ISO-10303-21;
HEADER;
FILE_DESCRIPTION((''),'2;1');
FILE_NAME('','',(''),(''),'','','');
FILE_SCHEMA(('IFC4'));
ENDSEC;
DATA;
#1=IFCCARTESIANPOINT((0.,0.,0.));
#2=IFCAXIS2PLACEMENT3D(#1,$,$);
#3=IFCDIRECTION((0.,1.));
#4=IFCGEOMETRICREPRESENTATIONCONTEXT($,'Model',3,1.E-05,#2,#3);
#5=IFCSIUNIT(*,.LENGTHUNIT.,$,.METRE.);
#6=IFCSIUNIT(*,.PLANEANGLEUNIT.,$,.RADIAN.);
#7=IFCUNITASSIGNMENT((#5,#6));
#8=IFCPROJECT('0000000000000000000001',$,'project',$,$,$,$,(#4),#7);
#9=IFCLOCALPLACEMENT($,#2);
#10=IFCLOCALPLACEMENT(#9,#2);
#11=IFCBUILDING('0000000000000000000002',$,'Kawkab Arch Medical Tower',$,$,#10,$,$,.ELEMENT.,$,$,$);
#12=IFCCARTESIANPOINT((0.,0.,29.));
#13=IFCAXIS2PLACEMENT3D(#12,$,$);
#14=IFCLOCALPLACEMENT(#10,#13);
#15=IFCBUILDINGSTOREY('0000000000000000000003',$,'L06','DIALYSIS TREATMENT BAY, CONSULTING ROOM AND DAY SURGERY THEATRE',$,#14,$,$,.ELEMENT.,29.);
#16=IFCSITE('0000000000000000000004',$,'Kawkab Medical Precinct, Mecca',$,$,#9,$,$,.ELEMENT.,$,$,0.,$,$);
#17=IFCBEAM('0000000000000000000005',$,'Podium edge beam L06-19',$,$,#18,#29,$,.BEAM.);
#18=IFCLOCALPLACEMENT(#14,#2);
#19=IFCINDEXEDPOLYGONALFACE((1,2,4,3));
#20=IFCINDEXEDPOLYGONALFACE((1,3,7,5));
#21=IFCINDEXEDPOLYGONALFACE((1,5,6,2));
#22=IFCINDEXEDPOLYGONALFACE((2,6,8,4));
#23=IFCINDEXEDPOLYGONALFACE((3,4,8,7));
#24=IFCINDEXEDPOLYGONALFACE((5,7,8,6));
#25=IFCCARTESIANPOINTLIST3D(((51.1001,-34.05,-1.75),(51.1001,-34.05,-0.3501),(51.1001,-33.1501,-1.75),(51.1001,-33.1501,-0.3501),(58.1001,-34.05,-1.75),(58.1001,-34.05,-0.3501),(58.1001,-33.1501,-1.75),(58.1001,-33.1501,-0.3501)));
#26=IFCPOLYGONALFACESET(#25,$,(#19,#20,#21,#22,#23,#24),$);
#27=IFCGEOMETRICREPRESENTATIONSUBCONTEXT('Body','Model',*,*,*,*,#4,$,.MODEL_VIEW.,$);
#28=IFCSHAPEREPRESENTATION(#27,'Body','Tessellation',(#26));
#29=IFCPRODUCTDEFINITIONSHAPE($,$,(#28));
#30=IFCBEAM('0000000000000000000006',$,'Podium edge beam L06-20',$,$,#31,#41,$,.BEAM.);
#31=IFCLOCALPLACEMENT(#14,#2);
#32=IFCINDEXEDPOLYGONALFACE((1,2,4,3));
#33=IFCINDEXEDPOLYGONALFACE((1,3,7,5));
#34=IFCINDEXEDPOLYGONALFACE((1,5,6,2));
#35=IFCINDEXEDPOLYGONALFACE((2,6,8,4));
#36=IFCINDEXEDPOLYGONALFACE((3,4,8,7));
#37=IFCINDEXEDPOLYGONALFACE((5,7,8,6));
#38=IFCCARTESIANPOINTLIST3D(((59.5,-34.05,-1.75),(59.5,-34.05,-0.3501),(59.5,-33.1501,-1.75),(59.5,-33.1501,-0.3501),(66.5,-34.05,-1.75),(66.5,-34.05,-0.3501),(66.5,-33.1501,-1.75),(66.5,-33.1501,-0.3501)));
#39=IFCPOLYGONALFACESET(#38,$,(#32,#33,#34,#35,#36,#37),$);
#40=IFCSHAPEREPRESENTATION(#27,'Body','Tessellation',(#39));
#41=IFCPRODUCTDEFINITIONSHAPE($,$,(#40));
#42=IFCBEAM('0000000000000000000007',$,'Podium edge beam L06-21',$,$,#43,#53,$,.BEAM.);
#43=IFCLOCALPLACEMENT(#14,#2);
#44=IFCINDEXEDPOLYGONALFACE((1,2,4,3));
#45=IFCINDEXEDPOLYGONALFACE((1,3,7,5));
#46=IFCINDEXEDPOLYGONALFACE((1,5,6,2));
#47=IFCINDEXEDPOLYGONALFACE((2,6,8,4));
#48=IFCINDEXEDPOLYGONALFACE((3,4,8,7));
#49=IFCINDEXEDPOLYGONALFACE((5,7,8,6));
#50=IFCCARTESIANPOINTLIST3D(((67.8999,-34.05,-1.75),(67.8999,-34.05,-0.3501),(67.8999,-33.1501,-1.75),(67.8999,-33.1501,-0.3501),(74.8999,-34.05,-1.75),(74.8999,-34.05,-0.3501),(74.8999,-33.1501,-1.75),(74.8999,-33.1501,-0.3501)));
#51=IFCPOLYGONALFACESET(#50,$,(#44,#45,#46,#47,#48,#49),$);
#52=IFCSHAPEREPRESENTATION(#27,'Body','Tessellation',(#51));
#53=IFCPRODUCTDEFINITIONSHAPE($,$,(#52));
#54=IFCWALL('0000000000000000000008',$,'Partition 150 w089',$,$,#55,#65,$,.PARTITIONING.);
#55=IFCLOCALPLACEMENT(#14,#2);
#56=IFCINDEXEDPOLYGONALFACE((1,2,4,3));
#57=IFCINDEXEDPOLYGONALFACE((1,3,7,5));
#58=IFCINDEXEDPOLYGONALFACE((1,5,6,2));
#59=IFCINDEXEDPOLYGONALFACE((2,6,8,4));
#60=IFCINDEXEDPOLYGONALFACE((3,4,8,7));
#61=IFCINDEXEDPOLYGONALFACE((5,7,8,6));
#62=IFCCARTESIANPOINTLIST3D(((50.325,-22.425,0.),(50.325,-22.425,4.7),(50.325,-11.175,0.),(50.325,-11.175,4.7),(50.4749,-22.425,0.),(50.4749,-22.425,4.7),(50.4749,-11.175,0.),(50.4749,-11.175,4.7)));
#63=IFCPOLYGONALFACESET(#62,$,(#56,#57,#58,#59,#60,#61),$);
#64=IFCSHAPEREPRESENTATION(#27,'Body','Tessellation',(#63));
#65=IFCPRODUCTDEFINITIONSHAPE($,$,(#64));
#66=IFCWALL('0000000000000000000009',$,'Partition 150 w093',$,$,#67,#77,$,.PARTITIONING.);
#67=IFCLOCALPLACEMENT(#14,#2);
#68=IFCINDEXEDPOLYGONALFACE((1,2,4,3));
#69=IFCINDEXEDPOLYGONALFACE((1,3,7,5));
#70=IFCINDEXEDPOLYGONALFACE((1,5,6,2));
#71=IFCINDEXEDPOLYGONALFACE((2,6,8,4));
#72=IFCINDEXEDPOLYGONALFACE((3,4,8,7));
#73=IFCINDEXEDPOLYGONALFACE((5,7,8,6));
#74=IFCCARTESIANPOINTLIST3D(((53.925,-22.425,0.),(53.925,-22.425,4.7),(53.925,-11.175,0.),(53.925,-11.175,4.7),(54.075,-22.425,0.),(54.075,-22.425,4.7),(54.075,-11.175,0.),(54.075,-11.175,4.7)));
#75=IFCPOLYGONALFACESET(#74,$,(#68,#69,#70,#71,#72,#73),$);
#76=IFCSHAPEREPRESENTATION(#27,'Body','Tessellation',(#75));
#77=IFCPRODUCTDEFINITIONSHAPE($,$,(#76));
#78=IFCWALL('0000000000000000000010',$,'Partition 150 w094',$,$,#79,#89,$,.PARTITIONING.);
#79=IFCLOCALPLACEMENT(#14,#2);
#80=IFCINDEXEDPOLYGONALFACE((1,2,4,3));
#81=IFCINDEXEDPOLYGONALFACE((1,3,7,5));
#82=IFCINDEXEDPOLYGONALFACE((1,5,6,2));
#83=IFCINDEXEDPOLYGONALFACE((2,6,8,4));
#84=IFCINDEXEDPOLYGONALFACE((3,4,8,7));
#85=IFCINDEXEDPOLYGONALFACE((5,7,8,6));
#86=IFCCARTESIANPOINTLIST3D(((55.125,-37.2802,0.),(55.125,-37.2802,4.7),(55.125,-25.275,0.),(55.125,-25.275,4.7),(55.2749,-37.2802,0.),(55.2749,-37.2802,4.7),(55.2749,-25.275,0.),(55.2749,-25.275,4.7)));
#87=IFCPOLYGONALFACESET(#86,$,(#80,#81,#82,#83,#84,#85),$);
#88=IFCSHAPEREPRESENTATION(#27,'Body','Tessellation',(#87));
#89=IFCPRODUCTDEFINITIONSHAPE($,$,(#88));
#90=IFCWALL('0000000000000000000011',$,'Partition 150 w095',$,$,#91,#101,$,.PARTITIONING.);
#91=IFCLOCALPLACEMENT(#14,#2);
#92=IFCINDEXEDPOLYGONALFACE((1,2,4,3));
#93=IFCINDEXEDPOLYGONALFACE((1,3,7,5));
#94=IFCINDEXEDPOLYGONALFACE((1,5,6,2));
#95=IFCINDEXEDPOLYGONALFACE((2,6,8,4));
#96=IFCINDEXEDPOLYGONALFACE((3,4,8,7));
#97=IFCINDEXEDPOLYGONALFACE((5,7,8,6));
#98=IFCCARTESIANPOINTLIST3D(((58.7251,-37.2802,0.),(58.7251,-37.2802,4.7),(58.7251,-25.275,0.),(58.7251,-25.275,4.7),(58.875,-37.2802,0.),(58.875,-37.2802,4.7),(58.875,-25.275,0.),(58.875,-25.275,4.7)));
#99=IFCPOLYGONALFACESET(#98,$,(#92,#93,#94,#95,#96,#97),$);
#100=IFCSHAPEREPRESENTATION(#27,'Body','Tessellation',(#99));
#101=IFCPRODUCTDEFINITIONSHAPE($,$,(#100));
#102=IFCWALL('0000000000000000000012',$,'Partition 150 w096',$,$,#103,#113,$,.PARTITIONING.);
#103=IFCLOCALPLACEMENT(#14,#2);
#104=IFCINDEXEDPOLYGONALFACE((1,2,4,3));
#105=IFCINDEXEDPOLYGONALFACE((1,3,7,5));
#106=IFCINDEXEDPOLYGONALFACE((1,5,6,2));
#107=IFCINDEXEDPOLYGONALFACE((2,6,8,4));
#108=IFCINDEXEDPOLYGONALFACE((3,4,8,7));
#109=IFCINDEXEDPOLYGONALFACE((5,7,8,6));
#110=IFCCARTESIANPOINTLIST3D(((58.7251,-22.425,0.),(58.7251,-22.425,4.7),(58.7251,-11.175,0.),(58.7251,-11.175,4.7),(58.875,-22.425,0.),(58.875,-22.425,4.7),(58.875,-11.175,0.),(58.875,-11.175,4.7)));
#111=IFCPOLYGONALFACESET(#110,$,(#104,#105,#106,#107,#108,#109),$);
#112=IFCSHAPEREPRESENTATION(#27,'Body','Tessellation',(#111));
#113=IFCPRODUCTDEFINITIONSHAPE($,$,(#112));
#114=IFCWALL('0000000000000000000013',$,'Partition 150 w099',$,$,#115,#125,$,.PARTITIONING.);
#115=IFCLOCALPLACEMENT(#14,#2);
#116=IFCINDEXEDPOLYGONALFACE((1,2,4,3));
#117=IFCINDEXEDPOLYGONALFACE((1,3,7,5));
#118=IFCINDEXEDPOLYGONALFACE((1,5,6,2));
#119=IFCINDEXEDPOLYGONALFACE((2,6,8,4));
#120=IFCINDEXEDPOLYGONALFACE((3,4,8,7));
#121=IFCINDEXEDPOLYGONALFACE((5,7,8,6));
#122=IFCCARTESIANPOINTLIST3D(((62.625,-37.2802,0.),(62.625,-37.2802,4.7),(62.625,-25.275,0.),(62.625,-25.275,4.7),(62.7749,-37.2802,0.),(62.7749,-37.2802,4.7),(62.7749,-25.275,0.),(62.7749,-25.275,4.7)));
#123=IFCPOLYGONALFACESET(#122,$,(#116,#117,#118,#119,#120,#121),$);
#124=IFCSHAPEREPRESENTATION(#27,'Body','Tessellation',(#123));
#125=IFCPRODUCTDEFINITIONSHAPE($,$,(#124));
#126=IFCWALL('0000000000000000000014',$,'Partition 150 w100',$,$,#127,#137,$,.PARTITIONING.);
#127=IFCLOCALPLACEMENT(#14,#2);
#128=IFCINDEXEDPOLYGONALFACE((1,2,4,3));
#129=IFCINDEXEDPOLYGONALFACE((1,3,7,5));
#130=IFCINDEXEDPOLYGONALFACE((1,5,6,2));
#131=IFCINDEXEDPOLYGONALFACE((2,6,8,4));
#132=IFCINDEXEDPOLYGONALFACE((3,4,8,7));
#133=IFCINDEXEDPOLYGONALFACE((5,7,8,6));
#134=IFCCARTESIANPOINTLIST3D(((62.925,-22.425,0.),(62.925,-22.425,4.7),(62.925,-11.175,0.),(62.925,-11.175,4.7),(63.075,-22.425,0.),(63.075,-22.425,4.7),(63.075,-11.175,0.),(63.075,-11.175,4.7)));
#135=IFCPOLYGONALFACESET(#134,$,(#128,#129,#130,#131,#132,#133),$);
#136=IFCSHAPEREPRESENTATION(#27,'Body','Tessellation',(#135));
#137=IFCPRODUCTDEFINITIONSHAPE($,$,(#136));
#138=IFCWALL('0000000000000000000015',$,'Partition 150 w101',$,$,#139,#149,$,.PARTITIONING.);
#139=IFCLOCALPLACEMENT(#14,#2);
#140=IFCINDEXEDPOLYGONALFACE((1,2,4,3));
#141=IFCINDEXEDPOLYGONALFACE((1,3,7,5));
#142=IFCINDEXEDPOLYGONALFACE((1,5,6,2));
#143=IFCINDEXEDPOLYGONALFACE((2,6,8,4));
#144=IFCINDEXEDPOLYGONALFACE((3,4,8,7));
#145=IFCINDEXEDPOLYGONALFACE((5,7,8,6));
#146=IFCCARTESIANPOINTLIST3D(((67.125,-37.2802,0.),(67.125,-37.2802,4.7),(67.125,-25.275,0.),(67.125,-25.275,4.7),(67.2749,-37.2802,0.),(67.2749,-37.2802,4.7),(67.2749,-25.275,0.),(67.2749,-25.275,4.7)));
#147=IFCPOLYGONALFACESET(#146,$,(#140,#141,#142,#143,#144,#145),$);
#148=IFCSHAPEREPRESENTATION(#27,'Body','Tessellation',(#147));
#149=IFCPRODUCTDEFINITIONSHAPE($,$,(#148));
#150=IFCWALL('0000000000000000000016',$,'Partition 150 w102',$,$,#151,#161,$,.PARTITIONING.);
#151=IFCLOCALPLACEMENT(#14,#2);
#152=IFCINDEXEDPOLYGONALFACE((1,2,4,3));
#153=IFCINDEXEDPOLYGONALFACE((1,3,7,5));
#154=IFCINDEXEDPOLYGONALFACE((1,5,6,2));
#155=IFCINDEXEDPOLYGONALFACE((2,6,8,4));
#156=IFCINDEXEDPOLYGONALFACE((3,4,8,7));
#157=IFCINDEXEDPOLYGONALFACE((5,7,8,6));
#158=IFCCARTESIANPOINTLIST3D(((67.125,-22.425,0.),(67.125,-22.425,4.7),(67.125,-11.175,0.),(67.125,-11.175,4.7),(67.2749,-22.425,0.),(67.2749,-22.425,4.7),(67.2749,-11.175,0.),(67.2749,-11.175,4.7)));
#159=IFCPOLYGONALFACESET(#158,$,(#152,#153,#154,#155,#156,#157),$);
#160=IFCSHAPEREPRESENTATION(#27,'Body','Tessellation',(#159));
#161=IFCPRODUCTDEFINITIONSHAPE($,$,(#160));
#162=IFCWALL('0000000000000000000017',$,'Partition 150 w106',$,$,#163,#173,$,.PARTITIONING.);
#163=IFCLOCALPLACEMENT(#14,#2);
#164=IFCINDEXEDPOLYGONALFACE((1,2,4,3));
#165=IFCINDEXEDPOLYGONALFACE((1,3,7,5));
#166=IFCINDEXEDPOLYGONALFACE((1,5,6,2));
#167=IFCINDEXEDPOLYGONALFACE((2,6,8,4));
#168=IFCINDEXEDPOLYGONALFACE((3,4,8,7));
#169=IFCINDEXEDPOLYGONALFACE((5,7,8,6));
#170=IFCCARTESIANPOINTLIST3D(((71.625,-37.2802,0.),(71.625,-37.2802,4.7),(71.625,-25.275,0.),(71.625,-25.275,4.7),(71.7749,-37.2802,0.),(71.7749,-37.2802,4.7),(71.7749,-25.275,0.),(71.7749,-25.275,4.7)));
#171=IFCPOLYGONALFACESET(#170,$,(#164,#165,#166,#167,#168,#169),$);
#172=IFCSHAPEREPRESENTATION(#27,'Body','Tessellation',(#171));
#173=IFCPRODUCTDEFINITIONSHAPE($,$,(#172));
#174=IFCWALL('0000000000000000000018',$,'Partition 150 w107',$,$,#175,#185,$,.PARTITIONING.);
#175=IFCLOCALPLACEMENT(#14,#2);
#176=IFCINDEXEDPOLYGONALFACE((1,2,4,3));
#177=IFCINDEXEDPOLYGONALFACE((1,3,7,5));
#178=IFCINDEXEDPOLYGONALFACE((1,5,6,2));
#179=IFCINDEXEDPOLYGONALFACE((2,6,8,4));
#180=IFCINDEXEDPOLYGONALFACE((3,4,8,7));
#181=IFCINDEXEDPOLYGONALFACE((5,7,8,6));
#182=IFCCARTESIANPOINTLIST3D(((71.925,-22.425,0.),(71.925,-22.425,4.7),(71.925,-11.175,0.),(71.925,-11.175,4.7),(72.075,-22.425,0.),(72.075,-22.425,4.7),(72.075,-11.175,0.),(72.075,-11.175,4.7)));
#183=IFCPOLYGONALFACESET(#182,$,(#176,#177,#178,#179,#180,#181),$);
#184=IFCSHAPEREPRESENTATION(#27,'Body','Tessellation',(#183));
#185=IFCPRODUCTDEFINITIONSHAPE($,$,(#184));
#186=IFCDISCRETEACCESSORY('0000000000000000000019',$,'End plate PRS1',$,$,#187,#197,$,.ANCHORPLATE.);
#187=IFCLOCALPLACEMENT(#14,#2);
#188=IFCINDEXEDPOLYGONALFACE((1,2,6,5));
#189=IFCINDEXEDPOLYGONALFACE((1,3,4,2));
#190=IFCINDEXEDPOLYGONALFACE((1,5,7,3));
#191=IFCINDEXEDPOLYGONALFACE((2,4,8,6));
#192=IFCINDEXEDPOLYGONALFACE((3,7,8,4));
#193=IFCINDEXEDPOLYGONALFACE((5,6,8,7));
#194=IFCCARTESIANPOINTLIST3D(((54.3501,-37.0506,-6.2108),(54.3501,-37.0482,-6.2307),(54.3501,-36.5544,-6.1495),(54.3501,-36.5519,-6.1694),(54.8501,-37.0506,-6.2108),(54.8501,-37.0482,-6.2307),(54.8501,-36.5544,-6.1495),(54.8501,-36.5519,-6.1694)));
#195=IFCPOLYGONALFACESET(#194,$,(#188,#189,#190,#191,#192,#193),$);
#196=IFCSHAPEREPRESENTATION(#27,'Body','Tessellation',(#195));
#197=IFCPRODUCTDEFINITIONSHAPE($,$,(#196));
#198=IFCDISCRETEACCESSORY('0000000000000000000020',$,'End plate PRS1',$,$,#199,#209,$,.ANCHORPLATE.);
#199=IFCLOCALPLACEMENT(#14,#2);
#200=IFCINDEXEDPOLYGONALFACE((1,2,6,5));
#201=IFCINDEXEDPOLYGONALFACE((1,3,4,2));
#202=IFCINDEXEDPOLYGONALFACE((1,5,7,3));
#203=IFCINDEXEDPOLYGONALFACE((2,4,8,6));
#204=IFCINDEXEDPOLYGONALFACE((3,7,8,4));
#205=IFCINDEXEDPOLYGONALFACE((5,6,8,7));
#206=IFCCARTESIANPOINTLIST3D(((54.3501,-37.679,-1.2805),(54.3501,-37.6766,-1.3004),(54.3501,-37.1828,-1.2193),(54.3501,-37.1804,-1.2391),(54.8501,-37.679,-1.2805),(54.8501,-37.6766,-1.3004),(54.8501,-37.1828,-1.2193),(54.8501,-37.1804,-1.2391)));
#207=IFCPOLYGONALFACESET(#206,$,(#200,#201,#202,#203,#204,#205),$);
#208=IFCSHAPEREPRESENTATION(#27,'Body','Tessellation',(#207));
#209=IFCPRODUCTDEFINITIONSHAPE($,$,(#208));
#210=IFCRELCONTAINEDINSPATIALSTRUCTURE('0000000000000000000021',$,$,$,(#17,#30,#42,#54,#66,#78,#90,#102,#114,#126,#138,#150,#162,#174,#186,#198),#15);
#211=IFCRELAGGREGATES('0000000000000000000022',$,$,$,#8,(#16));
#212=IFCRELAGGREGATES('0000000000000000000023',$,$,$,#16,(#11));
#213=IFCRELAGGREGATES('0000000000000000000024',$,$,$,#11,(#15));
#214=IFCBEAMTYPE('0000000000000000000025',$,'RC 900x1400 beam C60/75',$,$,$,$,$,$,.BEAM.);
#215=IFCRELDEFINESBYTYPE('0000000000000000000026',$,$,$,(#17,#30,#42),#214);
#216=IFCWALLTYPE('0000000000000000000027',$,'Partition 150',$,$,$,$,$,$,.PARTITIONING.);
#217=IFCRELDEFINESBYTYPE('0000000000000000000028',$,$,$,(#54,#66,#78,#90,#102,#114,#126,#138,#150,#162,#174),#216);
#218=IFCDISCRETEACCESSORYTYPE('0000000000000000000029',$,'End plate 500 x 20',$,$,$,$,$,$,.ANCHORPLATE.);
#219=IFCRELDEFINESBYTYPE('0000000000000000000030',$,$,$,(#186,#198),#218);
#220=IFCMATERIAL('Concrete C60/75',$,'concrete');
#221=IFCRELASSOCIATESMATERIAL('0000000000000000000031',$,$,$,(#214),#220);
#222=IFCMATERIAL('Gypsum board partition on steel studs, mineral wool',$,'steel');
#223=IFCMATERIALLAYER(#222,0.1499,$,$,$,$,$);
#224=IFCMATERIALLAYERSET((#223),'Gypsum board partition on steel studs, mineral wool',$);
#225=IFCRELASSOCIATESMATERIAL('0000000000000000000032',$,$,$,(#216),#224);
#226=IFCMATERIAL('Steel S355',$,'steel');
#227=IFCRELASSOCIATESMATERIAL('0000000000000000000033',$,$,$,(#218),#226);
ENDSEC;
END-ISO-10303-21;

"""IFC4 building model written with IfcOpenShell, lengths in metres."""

from ifc_helpers import new_model, si_unit, direction, frame, frame_2d, origin, origin_2d, place, context, subcontext, project, spatial, rectangle, extrude, material, layer, layer_set, material_profile, profile_set, type_object, element, save


model = new_model("IFC4")

# Units and contexts
model_context = context("Model", 3, precision=1e-05, world=origin(), true_north=direction((0.0, 1.0)))
body_context = subcontext(model_context, "Body", "Model", "MODEL_VIEW")
ifc_project = project(units=[si_unit("LENGTHUNIT", "METRE"), si_unit("PLANEANGLEUNIT", "RADIAN")], contexts=[model_context])

# Site, building, storey
site_placement = place(None, origin())
site = spatial("IfcSite", under=ifc_project, at=site_placement, Name="Kawkab Medical Precinct, Mecca", CompositionType="ELEMENT", RefElevation=0.0)
building_placement = place(site_placement, origin())
building = spatial("IfcBuilding", under=site, at=building_placement, Name="Kawkab Arch Medical Tower", CompositionType="ELEMENT")
storey_placement = place(building_placement, frame((0.0, 0.0, 29.0)))
storey = spatial("IfcBuildingStorey", under=building, at=storey_placement, Name="L06", Description="DIALYSIS TREATMENT BAY, CONSULTING ROOM AND DAY SURGERY THEATRE", CompositionType="ELEMENT", Elevation=29.0)

# Beams
ifc_material_1 = material(Name="Concrete C60/75", Category="concrete")
ifc_material_profile_1 = material_profile(ifc_material_1, rectangle(XDim=0.8999, YDim=1.3999, at=origin_2d()), Name="RC 900x1400")
ifc_profile_set_1 = profile_set([ifc_material_profile_1], Name="Concrete C60/75")
beam_type_1 = type_object("IfcBeamType", Name="RC 900x1400 beam C60/75", PredefinedType="BEAM", material=ifc_profile_set_1)
for number, where, z_axis, x_axis, name in (
    (1, (51.1001, -33.6001, -1.05), (1.0, 0.0, 0.0), (0.0, 1.0, 0.0), "Podium edge beam L06-19"),
    (2, (59.5, -33.6001, -1.05), (1.0, 0.0, 0.0), (0.0, 1.0, 0.0), "Podium edge beam L06-20"),
    (3, (67.8999, -33.6001, -1.05), (1.0, 0.0, 0.0), (0.0, 1.0, 0.0), "Podium edge beam L06-21"),
):
    element("IfcBeam", number, at=place(storey_placement, frame(where, z_axis=z_axis, x_axis=x_axis)), inside=storey, type_object=beam_type_1, Name=name, PredefinedType="BEAM", context=body_context, shape_type="SweptSolid", body=[
        extrude(rectangle(XDim=0.8999, YDim=1.3999, at=origin_2d()), origin(), (0.0, 0.0, 1.0), 7.0),
    ])

# Walls
ifc_material_2 = material(Name="Gypsum board partition on steel studs, mineral wool", Category="steel")
ifc_layer = layer(ifc_material_2, 0.1499)
ifc_layer_set = layer_set([ifc_layer], Name="Gypsum board partition on steel studs, mineral wool")
wall_type = type_object("IfcWallType", Name="Partition 150", PredefinedType="PARTITIONING", material=ifc_layer_set)
for number, where, z_axis, x_axis, name in (
    (4, (50.3999, -22.425, 0.0), (0.0, 0.0, 1.0), (0.0, 1.0, 0.0), "Partition 150 w089"),
    (5, (54.0, -22.425, 0.0), (0.0, 0.0, 1.0), (0.0, 1.0, 0.0), "Partition 150 w093"),
):
    element("IfcWall", number, at=place(storey_placement, frame(where, z_axis=z_axis, x_axis=x_axis)), inside=storey, type_object=wall_type, Name=name, PredefinedType="PARTITIONING", context=body_context, shape_type="SweptSolid", body=[
        extrude(rectangle(XDim=11.25, YDim=0.1499, at=frame_2d((5.625, 0.0))), origin(), (0.0, 0.0, 1.0), 4.7),
    ])
for number, where, z_axis, x_axis, name in (
    (6, (55.2, -37.28, 0.0), (0.0, 0.0, 1.0), (0.0, 1.0, 0.0), "Partition 150 w094"),
    (7, (58.8, -37.28, 0.0), (0.0, 0.0, 1.0), (0.0, 1.0, 0.0), "Partition 150 w095"),
):
    element("IfcWall", number, at=place(storey_placement, frame(where, z_axis=z_axis, x_axis=x_axis)), inside=storey, type_object=wall_type, Name=name, PredefinedType="PARTITIONING", context=body_context, shape_type="SweptSolid", body=[
        extrude(rectangle(XDim=12.0051, YDim=0.1499, at=frame_2d((6.0024, 0.0))), origin(), (0.0, 0.0, 1.0), 4.7),
    ])
wall_1_placement = place(storey_placement, frame((58.8, -22.425, 0.0), z_axis=(0.0, 0.0, 1.0), x_axis=(0.0, 1.0, 0.0)))
element("IfcWall", 8, at=wall_1_placement, inside=storey, type_object=wall_type, Name="Partition 150 w096", PredefinedType="PARTITIONING", context=body_context, shape_type="SweptSolid", body=[
    extrude(rectangle(XDim=11.25, YDim=0.1499, at=frame_2d((5.625, 0.0))), origin(), (0.0, 0.0, 1.0), 4.7),
])
wall_2_placement = place(storey_placement, frame((62.7, -37.28, 0.0), z_axis=(0.0, 0.0, 1.0), x_axis=(0.0, 1.0, 0.0)))
element("IfcWall", 9, at=wall_2_placement, inside=storey, type_object=wall_type, Name="Partition 150 w099", PredefinedType="PARTITIONING", context=body_context, shape_type="SweptSolid", body=[
    extrude(rectangle(XDim=12.0051, YDim=0.1499, at=frame_2d((6.0024, 0.0))), origin(), (0.0, 0.0, 1.0), 4.7),
])
wall_3_placement = place(storey_placement, frame((63.0, -22.425, 0.0), z_axis=(0.0, 0.0, 1.0), x_axis=(0.0, 1.0, 0.0)))
element("IfcWall", 10, at=wall_3_placement, inside=storey, type_object=wall_type, Name="Partition 150 w100", PredefinedType="PARTITIONING", context=body_context, shape_type="SweptSolid", body=[
    extrude(rectangle(XDim=11.25, YDim=0.1499, at=frame_2d((5.625, 0.0))), origin(), (0.0, 0.0, 1.0), 4.7),
])
wall_4_placement = place(storey_placement, frame((67.2, -37.28, 0.0), z_axis=(0.0, 0.0, 1.0), x_axis=(0.0, 1.0, 0.0)))
element("IfcWall", 11, at=wall_4_placement, inside=storey, type_object=wall_type, Name="Partition 150 w101", PredefinedType="PARTITIONING", context=body_context, shape_type="SweptSolid", body=[
    extrude(rectangle(XDim=12.0051, YDim=0.1499, at=frame_2d((6.0024, 0.0))), origin(), (0.0, 0.0, 1.0), 4.7),
])
wall_5_placement = place(storey_placement, frame((67.2, -22.425, 0.0), z_axis=(0.0, 0.0, 1.0), x_axis=(0.0, 1.0, 0.0)))
element("IfcWall", 12, at=wall_5_placement, inside=storey, type_object=wall_type, Name="Partition 150 w102", PredefinedType="PARTITIONING", context=body_context, shape_type="SweptSolid", body=[
    extrude(rectangle(XDim=11.25, YDim=0.1499, at=frame_2d((5.625, 0.0))), origin(), (0.0, 0.0, 1.0), 4.7),
])
wall_6_placement = place(storey_placement, frame((71.7, -37.28, 0.0), z_axis=(0.0, 0.0, 1.0), x_axis=(0.0, 1.0, 0.0)))
element("IfcWall", 13, at=wall_6_placement, inside=storey, type_object=wall_type, Name="Partition 150 w106", PredefinedType="PARTITIONING", context=body_context, shape_type="SweptSolid", body=[
    extrude(rectangle(XDim=12.0051, YDim=0.1499, at=frame_2d((6.0024, 0.0))), origin(), (0.0, 0.0, 1.0), 4.7),
])
wall_7_placement = place(storey_placement, frame((72.0, -22.425, 0.0), z_axis=(0.0, 0.0, 1.0), x_axis=(0.0, 1.0, 0.0)))
element("IfcWall", 14, at=wall_7_placement, inside=storey, type_object=wall_type, Name="Partition 150 w107", PredefinedType="PARTITIONING", context=body_context, shape_type="SweptSolid", body=[
    extrude(rectangle(XDim=11.25, YDim=0.1499, at=frame_2d((5.625, 0.0))), origin(), (0.0, 0.0, 1.0), 4.7),
])

# Discrete accessories
ifc_material_3 = material(Name="Steel S355", Category="steel")
ifc_material_profile_2 = material_profile(ifc_material_3, rectangle(XDim=0.5, YDim=0.5, at=origin_2d()), Name="End plate 500 x 20")
ifc_profile_set_2 = profile_set([ifc_material_profile_2], Name="Steel S355")
discrete_accessory_type = type_object("IfcDiscreteAccessoryType", Name="End plate 500 x 20", PredefinedType="ANCHORPLATE", material=ifc_profile_set_2)
for number, where, z_axis, x_axis, name in (
    (15, (54.6001, -36.8025, -6.1802), (0.0, 0.122527, -0.992465), (-1.0, 0.0, 0.0), "End plate PRS1"),
    (16, (54.6001, -37.4285, -1.2698), (0.0, -0.122527, 0.992465), (1.0, 0.0, 0.0), "End plate PRS1"),
):
    element("IfcDiscreteAccessory", number, at=place(storey_placement, frame(where, z_axis=z_axis, x_axis=x_axis)), inside=storey, type_object=discrete_accessory_type, Name=name, PredefinedType="ANCHORPLATE", context=body_context, shape_type="SweptSolid", body=[
        extrude(rectangle(XDim=0.5, YDim=0.5, at=origin_2d()), origin(), (0.0, 0.0, 1.0), 0.02),
    ])

save(model, "model.ifc")
